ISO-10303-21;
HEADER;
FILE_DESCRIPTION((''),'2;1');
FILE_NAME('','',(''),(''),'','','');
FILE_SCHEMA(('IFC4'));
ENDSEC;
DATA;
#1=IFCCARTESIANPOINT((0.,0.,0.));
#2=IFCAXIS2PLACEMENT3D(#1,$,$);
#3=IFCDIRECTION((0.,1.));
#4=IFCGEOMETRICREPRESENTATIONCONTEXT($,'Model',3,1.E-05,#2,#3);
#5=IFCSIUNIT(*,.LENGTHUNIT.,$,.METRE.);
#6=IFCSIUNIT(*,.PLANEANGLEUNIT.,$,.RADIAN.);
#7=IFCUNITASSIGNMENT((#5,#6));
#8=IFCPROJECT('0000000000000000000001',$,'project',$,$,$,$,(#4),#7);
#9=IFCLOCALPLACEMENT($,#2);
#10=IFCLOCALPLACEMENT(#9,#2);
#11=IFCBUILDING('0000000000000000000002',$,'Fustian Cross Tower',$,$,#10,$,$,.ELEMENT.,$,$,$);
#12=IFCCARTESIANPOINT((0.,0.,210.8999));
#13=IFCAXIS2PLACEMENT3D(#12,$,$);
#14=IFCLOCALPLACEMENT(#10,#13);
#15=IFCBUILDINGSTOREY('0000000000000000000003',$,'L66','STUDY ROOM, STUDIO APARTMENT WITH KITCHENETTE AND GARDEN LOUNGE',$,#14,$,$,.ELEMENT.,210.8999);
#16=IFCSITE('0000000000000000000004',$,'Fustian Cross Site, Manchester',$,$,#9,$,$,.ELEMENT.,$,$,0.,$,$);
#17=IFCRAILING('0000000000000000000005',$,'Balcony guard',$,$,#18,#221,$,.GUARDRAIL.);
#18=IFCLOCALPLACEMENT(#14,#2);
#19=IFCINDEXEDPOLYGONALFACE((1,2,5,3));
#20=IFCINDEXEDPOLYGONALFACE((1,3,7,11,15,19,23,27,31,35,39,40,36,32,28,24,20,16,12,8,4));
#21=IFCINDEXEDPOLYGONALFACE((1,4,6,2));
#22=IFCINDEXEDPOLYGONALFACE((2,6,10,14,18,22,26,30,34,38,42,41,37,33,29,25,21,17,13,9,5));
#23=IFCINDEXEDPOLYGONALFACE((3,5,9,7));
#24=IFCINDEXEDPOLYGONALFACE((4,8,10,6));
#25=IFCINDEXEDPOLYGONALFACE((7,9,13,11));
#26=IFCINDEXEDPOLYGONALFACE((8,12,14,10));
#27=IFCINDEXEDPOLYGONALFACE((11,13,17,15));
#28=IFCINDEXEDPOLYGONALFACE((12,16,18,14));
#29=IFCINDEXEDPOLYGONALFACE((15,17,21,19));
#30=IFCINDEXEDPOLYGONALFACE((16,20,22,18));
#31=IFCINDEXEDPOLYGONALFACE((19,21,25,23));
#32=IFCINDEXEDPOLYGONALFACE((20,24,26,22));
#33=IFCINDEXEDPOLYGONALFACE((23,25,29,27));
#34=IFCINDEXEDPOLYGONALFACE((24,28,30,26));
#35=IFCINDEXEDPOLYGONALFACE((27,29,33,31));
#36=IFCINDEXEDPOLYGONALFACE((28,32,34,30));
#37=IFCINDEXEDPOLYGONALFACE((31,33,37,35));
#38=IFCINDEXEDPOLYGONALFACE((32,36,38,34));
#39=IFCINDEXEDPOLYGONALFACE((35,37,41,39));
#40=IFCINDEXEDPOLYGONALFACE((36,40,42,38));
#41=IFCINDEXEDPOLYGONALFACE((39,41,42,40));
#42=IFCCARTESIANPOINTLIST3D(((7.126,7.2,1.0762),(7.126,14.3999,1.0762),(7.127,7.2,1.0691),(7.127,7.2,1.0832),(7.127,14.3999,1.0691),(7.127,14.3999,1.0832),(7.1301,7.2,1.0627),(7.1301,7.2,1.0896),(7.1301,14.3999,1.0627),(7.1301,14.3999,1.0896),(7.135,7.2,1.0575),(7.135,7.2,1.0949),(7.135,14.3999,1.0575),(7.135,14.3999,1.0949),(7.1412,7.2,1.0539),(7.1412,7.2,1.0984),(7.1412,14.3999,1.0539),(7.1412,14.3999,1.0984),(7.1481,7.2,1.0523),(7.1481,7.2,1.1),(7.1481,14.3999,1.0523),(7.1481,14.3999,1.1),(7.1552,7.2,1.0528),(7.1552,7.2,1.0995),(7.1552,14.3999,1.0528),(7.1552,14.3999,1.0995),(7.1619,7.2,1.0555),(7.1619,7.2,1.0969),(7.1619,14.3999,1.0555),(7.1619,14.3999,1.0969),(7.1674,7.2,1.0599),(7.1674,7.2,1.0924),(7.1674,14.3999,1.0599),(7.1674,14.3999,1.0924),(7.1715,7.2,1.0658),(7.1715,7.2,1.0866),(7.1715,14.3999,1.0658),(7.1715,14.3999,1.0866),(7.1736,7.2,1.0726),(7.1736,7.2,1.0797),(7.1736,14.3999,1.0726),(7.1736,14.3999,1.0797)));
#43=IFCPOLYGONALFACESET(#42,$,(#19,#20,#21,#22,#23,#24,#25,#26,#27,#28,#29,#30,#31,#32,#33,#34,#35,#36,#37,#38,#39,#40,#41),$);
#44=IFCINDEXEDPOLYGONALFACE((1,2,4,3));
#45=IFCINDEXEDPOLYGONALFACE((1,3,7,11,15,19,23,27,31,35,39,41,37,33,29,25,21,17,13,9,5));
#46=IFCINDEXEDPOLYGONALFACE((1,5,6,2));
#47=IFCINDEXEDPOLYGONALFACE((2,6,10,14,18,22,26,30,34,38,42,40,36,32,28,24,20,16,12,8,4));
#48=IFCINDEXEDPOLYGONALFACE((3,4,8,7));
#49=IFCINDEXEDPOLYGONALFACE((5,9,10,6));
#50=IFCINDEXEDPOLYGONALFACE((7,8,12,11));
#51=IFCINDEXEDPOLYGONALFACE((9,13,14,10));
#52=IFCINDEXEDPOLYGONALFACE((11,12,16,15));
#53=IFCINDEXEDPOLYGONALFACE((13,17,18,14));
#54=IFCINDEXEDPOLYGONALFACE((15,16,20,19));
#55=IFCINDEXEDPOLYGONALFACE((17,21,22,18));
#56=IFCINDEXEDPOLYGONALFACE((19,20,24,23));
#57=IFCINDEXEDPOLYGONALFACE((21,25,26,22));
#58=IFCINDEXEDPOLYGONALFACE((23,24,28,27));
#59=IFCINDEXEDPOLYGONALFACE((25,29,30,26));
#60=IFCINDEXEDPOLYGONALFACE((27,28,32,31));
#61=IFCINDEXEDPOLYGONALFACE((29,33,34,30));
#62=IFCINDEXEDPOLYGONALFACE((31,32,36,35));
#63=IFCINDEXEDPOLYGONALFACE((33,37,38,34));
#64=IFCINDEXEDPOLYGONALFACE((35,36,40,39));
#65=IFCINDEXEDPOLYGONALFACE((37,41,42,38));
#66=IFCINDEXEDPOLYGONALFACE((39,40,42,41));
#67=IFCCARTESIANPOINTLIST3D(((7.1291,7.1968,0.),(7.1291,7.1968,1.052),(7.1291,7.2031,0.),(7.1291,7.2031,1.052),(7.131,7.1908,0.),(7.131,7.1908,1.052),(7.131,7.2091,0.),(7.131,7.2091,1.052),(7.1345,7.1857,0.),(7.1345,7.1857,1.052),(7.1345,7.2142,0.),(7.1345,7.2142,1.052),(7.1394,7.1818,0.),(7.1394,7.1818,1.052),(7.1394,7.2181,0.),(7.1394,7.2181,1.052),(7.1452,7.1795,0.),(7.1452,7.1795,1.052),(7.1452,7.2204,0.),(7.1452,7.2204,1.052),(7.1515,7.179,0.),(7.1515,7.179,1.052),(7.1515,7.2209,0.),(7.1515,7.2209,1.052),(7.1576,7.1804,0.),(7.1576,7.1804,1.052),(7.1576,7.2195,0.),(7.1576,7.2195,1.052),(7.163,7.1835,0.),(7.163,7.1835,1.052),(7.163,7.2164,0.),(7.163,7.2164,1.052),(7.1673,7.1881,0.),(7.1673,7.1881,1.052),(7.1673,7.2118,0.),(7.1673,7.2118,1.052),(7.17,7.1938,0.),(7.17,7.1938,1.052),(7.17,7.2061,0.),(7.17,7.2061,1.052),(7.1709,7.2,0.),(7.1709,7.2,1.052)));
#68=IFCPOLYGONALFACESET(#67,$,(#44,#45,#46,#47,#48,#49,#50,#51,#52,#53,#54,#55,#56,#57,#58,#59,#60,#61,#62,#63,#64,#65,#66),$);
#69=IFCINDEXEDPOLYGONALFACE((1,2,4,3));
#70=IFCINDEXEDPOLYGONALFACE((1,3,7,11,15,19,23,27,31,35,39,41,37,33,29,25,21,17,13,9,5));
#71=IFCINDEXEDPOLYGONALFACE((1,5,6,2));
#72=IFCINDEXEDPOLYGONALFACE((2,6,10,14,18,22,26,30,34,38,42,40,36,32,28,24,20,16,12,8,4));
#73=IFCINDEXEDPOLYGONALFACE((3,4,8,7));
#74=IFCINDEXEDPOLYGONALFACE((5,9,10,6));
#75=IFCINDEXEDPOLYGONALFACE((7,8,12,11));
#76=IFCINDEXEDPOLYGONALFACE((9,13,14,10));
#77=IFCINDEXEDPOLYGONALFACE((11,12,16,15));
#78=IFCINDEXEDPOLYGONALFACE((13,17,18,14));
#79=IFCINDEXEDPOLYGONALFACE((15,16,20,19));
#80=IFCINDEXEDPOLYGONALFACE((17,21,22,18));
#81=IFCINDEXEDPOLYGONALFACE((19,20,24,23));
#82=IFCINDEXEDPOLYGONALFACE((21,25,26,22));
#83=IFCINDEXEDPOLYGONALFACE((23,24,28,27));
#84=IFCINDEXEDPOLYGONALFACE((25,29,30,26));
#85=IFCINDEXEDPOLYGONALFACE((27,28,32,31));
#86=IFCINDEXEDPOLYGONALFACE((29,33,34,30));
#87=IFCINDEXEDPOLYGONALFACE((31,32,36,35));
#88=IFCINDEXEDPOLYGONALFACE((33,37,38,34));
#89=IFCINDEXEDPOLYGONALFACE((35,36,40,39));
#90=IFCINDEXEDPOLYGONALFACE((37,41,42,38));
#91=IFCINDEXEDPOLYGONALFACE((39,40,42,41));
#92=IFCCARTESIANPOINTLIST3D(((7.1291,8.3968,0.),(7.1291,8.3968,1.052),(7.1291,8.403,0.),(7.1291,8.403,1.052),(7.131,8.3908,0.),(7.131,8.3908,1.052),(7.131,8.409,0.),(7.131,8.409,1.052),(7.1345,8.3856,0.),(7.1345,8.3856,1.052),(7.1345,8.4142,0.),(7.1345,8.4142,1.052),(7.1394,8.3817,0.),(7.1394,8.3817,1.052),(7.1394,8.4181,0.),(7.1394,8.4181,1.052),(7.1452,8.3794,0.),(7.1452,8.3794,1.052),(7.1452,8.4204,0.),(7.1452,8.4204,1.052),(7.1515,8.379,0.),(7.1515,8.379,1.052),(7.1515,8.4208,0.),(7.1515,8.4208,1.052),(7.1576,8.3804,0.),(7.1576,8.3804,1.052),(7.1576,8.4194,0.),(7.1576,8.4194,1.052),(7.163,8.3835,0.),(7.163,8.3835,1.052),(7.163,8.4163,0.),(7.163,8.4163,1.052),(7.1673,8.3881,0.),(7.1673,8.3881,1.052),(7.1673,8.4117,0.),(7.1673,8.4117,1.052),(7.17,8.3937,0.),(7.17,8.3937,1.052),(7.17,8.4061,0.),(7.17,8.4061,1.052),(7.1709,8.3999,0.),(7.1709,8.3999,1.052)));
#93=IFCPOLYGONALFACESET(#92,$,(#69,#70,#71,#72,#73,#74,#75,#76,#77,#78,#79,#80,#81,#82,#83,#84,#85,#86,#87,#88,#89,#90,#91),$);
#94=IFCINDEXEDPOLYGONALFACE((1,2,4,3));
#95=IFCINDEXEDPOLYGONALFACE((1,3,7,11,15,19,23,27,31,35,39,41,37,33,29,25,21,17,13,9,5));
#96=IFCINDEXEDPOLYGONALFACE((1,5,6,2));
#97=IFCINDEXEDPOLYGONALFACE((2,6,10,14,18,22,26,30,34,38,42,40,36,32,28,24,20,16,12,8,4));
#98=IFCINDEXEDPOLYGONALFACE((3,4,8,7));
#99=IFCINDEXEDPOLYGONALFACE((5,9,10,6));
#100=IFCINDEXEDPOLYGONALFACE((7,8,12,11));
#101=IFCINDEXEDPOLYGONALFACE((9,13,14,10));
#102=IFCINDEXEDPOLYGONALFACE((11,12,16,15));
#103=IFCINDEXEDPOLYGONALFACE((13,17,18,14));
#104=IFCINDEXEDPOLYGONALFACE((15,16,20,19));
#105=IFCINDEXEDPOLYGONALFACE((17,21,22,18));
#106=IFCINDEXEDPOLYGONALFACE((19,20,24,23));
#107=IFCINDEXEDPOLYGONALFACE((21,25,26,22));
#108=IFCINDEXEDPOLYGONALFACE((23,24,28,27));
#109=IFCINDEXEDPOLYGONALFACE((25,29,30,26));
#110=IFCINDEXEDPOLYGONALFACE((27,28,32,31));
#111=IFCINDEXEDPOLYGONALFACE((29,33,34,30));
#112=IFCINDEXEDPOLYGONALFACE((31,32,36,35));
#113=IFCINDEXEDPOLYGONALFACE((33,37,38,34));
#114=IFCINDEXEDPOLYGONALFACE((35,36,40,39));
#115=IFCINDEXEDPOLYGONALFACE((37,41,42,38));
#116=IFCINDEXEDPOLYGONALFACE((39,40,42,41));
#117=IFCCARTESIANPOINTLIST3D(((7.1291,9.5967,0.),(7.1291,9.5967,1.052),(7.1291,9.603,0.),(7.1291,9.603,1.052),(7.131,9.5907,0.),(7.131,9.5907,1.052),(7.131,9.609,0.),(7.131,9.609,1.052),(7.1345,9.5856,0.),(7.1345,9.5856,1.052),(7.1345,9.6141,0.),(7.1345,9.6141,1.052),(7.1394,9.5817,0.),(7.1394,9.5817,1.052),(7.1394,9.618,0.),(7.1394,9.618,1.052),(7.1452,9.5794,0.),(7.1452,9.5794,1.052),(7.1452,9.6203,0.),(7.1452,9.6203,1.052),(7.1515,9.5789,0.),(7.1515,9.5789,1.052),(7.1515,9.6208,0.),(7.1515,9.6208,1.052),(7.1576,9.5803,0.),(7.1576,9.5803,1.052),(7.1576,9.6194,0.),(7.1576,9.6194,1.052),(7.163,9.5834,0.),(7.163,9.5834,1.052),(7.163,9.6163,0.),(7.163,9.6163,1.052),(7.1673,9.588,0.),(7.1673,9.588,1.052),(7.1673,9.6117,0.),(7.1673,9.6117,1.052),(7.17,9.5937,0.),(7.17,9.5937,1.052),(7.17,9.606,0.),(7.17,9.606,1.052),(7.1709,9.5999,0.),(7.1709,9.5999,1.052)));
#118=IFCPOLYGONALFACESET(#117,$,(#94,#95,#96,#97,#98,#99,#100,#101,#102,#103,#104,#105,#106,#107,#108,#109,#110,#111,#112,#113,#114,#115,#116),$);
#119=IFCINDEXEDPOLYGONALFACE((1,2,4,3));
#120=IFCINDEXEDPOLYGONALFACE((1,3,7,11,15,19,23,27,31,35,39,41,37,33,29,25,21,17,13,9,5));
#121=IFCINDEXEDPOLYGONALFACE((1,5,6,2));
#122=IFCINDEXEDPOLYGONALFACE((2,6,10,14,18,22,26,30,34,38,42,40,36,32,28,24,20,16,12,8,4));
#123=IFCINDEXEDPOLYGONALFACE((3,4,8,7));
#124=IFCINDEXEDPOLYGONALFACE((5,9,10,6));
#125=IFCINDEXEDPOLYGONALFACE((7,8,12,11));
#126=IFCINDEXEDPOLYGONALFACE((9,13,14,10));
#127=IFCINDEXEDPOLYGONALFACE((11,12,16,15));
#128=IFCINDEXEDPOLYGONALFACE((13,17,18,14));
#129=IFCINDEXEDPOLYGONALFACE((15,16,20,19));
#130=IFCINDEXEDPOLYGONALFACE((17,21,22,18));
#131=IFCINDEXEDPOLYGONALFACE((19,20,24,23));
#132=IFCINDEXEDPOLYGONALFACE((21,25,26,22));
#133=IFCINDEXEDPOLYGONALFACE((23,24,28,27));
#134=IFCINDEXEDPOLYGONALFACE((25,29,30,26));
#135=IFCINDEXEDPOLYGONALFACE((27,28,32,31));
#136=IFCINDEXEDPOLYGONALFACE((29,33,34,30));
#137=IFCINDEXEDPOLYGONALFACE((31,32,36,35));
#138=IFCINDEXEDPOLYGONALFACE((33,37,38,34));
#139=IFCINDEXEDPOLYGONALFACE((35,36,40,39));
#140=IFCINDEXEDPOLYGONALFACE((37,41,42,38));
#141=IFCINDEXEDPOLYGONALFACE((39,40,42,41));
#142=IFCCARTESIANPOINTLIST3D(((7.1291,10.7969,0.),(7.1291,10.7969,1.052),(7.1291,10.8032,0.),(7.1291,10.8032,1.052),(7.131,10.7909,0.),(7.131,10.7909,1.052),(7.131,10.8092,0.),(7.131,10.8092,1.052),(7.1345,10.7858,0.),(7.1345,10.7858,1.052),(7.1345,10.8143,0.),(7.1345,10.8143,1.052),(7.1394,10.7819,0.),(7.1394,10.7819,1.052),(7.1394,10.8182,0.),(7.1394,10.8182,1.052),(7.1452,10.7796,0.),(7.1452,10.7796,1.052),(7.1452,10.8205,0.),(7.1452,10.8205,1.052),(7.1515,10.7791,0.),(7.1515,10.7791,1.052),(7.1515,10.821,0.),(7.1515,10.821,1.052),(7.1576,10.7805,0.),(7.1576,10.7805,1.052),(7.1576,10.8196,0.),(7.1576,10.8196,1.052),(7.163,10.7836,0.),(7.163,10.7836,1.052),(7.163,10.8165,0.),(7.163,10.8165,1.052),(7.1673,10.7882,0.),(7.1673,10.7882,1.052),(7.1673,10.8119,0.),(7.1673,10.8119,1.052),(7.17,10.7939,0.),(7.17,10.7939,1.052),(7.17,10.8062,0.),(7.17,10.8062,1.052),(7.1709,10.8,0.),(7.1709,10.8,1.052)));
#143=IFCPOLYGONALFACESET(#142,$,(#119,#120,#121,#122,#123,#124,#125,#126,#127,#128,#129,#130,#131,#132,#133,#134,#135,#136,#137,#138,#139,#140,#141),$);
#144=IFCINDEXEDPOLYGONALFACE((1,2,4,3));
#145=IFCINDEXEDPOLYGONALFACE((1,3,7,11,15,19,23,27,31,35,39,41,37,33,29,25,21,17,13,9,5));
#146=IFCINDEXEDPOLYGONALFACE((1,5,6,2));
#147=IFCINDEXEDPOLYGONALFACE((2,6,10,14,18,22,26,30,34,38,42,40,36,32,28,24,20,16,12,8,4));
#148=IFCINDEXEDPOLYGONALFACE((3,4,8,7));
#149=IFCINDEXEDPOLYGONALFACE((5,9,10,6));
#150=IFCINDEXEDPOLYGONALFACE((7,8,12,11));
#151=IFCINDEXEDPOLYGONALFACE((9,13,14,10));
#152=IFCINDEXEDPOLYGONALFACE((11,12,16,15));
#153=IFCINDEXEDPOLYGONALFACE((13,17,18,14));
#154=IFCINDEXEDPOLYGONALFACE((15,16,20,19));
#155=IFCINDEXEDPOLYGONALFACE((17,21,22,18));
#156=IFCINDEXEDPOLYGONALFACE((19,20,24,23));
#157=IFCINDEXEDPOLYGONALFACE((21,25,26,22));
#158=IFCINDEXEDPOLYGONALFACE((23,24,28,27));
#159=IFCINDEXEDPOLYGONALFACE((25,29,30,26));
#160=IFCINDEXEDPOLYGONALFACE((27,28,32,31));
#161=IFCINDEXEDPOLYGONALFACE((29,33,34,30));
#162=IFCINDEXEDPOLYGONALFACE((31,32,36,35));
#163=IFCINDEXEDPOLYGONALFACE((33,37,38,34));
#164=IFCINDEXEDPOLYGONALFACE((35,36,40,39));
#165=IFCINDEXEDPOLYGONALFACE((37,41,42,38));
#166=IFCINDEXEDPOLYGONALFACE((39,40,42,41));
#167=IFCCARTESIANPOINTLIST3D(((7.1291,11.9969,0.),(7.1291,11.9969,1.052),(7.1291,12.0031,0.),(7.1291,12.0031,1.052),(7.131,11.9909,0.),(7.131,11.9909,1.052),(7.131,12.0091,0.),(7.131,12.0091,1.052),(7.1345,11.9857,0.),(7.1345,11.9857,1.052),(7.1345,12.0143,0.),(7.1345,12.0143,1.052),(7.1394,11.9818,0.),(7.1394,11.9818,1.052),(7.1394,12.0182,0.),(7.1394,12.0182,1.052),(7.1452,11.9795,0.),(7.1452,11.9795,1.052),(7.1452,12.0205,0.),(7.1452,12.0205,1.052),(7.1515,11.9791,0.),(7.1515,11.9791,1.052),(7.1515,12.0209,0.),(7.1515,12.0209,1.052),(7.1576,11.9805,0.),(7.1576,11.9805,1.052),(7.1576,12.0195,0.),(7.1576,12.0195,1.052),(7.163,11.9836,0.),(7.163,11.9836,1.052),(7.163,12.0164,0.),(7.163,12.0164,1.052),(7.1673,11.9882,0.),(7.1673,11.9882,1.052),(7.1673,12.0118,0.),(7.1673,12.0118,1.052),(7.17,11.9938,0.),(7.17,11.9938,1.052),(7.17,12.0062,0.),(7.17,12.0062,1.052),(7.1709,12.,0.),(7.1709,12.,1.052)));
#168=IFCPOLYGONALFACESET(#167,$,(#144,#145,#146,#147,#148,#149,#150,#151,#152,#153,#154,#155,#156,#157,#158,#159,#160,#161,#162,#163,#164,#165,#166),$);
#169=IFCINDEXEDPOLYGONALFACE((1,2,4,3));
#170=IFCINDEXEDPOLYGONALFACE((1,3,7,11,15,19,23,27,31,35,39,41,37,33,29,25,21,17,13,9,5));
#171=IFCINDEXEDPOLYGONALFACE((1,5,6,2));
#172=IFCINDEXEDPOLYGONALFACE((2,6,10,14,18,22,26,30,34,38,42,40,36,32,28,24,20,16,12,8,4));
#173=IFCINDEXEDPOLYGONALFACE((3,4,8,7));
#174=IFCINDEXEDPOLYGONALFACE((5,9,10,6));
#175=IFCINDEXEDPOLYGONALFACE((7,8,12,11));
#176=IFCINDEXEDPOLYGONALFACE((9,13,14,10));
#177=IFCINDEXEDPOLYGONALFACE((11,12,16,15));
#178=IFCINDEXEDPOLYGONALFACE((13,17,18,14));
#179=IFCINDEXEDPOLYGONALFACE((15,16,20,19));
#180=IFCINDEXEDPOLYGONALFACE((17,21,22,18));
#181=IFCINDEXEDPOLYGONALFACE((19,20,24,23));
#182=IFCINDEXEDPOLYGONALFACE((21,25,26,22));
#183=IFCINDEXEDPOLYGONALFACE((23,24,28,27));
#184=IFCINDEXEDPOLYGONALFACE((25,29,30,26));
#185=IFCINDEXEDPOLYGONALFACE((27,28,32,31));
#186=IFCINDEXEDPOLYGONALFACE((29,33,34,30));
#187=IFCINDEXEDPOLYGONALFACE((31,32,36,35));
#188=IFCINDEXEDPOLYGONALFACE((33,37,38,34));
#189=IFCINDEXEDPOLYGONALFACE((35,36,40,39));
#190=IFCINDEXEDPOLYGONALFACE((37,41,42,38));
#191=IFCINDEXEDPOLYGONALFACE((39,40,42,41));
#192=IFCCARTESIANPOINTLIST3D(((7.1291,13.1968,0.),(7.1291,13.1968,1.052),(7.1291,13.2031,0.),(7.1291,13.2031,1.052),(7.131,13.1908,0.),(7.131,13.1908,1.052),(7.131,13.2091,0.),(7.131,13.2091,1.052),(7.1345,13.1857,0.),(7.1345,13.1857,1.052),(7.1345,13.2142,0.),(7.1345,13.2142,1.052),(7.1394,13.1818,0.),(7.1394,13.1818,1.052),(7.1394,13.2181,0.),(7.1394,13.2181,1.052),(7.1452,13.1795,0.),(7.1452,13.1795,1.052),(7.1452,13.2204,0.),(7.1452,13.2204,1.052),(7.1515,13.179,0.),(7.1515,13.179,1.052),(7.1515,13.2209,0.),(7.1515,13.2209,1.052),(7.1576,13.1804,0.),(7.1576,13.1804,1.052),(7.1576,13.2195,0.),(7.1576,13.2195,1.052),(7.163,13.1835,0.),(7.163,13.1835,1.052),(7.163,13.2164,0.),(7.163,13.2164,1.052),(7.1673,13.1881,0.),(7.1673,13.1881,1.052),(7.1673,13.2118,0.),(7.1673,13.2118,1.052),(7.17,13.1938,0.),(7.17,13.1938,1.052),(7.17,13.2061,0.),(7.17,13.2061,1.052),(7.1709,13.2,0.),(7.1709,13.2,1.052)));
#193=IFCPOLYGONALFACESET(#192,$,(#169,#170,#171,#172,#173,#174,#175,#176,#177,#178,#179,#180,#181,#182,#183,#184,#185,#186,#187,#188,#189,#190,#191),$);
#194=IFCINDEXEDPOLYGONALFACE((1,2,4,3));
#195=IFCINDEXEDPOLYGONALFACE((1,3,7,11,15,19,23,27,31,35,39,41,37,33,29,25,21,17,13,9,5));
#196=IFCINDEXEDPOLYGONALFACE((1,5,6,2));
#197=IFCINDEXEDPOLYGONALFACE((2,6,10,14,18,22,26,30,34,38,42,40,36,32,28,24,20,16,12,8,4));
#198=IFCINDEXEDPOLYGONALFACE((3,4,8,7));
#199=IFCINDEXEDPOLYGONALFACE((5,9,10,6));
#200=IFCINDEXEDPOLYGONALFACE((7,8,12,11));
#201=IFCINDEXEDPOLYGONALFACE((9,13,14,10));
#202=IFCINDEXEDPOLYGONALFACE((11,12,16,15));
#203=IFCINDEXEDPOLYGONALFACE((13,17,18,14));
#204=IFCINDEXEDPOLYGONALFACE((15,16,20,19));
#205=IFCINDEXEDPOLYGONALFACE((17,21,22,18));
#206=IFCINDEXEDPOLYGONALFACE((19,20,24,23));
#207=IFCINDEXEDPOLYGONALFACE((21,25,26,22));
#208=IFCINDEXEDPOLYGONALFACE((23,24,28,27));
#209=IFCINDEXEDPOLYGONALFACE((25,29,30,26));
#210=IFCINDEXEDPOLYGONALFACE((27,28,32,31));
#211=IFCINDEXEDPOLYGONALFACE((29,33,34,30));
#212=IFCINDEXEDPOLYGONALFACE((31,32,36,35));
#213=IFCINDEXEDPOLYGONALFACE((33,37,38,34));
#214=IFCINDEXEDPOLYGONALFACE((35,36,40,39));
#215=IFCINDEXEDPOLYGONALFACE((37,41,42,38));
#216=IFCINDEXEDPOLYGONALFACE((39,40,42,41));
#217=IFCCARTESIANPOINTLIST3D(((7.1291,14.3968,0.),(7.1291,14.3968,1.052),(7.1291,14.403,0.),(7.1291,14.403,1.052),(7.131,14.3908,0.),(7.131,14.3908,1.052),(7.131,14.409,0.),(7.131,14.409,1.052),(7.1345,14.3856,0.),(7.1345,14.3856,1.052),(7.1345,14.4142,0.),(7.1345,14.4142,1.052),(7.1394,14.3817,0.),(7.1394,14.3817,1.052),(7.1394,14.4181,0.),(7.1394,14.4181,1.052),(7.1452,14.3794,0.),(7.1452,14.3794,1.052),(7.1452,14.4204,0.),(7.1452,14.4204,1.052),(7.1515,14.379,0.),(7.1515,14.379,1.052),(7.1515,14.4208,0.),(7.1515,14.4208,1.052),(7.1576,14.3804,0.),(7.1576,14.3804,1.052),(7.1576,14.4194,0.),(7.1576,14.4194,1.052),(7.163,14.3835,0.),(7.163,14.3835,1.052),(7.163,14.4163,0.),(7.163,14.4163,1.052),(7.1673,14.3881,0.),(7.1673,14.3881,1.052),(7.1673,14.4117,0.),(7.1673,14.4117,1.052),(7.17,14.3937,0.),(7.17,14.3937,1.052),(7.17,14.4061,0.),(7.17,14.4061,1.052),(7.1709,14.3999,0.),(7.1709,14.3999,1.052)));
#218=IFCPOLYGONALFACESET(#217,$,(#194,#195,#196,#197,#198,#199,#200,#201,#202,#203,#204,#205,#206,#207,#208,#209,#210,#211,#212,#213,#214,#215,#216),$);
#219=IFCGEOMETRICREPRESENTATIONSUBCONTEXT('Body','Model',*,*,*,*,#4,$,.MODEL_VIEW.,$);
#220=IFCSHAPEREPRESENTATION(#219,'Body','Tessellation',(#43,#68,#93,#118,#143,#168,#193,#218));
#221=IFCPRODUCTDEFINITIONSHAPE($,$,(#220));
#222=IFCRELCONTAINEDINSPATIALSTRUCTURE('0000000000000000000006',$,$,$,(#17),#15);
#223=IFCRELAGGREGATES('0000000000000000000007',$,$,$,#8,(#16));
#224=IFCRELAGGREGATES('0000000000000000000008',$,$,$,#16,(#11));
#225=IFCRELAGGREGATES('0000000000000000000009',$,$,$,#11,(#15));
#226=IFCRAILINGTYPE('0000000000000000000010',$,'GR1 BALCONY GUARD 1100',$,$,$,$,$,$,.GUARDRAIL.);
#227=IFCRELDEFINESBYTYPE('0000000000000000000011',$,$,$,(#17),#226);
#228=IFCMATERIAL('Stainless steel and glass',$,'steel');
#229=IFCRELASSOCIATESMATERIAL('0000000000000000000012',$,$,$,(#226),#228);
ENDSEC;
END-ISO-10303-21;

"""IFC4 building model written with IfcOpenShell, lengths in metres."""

from ifc_helpers import new_model, si_unit, direction, frame, origin, origin_2d, place, context, subcontext, project, spatial, circle, extrude, material, type_object, element, save


model = new_model("IFC4")

# Units and contexts
model_context = context("Model", 3, precision=1e-05, world=origin(), true_north=direction((0.0, 1.0)))
body_context = subcontext(model_context, "Body", "Model", "MODEL_VIEW")
ifc_project = project(units=[si_unit("LENGTHUNIT", "METRE"), si_unit("PLANEANGLEUNIT", "RADIAN")], contexts=[model_context])

# Site, building, storey
site_placement = place(None, origin())
site = spatial("IfcSite", under=ifc_project, at=site_placement, Name="Fustian Cross Site, Manchester", CompositionType="ELEMENT", RefElevation=0.0)
building_placement = place(site_placement, origin())
building = spatial("IfcBuilding", under=site, at=building_placement, Name="Fustian Cross Tower", CompositionType="ELEMENT")
storey_placement = place(building_placement, frame((0.0, 0.0, 210.8999)))
storey = spatial("IfcBuildingStorey", under=building, at=storey_placement, Name="L66", Description="STUDY ROOM, STUDIO APARTMENT WITH KITCHENETTE AND GARDEN LOUNGE", CompositionType="ELEMENT", Elevation=210.8999)

# Railing
ifc_material_1 = material(Name="Stainless steel and glass", Category="steel")
railing_type = type_object("IfcRailingType", Name="GR1 BALCONY GUARD 1100", PredefinedType="GUARDRAIL", material=ifc_material_1)
railing_placement = place(storey_placement, frame((7.1499, 7.2, 0.0)))
element("IfcRailing", 1, at=railing_placement, inside=storey, type_object=railing_type, Name="Balcony guard", PredefinedType="GUARDRAIL", context=body_context, shape_type="SweptSolid", body=[
    extrude(circle(Radius=0.0239, at=origin_2d()), frame((0.0, 0.0, 1.0762), z_axis=(0.0, 1.0, 0.0), x_axis=(-1.0, 0.0, 0.0)), (0.0, 0.0, 1.0), 7.2),
    extrude(circle(Radius=0.021, at=origin_2d()), origin(), (0.0, 0.0, 1.0), 1.052),
    extrude(circle(Radius=0.021, at=origin_2d()), frame((0.0, 1.2, 0.0)), (0.0, 0.0, 1.0), 1.052),
    extrude(circle(Radius=0.021, at=origin_2d()), frame((0.0, 2.3999, 0.0)), (0.0, 0.0, 1.0), 1.052),
    extrude(circle(Radius=0.021, at=origin_2d()), frame((0.0, 3.6001, 0.0)), (0.0, 0.0, 1.0), 1.052),
    extrude(circle(Radius=0.021, at=origin_2d()), frame((0.0, 4.8, 0.0)), (0.0, 0.0, 1.0), 1.052),
    extrude(circle(Radius=0.021, at=origin_2d()), frame((0.0, 6.0, 0.0)), (0.0, 0.0, 1.0), 1.052),
    extrude(circle(Radius=0.021, at=origin_2d()), frame((0.0, 7.2, 0.0)), (0.0, 0.0, 1.0), 1.052),
])

save(model, "model.ifc")
